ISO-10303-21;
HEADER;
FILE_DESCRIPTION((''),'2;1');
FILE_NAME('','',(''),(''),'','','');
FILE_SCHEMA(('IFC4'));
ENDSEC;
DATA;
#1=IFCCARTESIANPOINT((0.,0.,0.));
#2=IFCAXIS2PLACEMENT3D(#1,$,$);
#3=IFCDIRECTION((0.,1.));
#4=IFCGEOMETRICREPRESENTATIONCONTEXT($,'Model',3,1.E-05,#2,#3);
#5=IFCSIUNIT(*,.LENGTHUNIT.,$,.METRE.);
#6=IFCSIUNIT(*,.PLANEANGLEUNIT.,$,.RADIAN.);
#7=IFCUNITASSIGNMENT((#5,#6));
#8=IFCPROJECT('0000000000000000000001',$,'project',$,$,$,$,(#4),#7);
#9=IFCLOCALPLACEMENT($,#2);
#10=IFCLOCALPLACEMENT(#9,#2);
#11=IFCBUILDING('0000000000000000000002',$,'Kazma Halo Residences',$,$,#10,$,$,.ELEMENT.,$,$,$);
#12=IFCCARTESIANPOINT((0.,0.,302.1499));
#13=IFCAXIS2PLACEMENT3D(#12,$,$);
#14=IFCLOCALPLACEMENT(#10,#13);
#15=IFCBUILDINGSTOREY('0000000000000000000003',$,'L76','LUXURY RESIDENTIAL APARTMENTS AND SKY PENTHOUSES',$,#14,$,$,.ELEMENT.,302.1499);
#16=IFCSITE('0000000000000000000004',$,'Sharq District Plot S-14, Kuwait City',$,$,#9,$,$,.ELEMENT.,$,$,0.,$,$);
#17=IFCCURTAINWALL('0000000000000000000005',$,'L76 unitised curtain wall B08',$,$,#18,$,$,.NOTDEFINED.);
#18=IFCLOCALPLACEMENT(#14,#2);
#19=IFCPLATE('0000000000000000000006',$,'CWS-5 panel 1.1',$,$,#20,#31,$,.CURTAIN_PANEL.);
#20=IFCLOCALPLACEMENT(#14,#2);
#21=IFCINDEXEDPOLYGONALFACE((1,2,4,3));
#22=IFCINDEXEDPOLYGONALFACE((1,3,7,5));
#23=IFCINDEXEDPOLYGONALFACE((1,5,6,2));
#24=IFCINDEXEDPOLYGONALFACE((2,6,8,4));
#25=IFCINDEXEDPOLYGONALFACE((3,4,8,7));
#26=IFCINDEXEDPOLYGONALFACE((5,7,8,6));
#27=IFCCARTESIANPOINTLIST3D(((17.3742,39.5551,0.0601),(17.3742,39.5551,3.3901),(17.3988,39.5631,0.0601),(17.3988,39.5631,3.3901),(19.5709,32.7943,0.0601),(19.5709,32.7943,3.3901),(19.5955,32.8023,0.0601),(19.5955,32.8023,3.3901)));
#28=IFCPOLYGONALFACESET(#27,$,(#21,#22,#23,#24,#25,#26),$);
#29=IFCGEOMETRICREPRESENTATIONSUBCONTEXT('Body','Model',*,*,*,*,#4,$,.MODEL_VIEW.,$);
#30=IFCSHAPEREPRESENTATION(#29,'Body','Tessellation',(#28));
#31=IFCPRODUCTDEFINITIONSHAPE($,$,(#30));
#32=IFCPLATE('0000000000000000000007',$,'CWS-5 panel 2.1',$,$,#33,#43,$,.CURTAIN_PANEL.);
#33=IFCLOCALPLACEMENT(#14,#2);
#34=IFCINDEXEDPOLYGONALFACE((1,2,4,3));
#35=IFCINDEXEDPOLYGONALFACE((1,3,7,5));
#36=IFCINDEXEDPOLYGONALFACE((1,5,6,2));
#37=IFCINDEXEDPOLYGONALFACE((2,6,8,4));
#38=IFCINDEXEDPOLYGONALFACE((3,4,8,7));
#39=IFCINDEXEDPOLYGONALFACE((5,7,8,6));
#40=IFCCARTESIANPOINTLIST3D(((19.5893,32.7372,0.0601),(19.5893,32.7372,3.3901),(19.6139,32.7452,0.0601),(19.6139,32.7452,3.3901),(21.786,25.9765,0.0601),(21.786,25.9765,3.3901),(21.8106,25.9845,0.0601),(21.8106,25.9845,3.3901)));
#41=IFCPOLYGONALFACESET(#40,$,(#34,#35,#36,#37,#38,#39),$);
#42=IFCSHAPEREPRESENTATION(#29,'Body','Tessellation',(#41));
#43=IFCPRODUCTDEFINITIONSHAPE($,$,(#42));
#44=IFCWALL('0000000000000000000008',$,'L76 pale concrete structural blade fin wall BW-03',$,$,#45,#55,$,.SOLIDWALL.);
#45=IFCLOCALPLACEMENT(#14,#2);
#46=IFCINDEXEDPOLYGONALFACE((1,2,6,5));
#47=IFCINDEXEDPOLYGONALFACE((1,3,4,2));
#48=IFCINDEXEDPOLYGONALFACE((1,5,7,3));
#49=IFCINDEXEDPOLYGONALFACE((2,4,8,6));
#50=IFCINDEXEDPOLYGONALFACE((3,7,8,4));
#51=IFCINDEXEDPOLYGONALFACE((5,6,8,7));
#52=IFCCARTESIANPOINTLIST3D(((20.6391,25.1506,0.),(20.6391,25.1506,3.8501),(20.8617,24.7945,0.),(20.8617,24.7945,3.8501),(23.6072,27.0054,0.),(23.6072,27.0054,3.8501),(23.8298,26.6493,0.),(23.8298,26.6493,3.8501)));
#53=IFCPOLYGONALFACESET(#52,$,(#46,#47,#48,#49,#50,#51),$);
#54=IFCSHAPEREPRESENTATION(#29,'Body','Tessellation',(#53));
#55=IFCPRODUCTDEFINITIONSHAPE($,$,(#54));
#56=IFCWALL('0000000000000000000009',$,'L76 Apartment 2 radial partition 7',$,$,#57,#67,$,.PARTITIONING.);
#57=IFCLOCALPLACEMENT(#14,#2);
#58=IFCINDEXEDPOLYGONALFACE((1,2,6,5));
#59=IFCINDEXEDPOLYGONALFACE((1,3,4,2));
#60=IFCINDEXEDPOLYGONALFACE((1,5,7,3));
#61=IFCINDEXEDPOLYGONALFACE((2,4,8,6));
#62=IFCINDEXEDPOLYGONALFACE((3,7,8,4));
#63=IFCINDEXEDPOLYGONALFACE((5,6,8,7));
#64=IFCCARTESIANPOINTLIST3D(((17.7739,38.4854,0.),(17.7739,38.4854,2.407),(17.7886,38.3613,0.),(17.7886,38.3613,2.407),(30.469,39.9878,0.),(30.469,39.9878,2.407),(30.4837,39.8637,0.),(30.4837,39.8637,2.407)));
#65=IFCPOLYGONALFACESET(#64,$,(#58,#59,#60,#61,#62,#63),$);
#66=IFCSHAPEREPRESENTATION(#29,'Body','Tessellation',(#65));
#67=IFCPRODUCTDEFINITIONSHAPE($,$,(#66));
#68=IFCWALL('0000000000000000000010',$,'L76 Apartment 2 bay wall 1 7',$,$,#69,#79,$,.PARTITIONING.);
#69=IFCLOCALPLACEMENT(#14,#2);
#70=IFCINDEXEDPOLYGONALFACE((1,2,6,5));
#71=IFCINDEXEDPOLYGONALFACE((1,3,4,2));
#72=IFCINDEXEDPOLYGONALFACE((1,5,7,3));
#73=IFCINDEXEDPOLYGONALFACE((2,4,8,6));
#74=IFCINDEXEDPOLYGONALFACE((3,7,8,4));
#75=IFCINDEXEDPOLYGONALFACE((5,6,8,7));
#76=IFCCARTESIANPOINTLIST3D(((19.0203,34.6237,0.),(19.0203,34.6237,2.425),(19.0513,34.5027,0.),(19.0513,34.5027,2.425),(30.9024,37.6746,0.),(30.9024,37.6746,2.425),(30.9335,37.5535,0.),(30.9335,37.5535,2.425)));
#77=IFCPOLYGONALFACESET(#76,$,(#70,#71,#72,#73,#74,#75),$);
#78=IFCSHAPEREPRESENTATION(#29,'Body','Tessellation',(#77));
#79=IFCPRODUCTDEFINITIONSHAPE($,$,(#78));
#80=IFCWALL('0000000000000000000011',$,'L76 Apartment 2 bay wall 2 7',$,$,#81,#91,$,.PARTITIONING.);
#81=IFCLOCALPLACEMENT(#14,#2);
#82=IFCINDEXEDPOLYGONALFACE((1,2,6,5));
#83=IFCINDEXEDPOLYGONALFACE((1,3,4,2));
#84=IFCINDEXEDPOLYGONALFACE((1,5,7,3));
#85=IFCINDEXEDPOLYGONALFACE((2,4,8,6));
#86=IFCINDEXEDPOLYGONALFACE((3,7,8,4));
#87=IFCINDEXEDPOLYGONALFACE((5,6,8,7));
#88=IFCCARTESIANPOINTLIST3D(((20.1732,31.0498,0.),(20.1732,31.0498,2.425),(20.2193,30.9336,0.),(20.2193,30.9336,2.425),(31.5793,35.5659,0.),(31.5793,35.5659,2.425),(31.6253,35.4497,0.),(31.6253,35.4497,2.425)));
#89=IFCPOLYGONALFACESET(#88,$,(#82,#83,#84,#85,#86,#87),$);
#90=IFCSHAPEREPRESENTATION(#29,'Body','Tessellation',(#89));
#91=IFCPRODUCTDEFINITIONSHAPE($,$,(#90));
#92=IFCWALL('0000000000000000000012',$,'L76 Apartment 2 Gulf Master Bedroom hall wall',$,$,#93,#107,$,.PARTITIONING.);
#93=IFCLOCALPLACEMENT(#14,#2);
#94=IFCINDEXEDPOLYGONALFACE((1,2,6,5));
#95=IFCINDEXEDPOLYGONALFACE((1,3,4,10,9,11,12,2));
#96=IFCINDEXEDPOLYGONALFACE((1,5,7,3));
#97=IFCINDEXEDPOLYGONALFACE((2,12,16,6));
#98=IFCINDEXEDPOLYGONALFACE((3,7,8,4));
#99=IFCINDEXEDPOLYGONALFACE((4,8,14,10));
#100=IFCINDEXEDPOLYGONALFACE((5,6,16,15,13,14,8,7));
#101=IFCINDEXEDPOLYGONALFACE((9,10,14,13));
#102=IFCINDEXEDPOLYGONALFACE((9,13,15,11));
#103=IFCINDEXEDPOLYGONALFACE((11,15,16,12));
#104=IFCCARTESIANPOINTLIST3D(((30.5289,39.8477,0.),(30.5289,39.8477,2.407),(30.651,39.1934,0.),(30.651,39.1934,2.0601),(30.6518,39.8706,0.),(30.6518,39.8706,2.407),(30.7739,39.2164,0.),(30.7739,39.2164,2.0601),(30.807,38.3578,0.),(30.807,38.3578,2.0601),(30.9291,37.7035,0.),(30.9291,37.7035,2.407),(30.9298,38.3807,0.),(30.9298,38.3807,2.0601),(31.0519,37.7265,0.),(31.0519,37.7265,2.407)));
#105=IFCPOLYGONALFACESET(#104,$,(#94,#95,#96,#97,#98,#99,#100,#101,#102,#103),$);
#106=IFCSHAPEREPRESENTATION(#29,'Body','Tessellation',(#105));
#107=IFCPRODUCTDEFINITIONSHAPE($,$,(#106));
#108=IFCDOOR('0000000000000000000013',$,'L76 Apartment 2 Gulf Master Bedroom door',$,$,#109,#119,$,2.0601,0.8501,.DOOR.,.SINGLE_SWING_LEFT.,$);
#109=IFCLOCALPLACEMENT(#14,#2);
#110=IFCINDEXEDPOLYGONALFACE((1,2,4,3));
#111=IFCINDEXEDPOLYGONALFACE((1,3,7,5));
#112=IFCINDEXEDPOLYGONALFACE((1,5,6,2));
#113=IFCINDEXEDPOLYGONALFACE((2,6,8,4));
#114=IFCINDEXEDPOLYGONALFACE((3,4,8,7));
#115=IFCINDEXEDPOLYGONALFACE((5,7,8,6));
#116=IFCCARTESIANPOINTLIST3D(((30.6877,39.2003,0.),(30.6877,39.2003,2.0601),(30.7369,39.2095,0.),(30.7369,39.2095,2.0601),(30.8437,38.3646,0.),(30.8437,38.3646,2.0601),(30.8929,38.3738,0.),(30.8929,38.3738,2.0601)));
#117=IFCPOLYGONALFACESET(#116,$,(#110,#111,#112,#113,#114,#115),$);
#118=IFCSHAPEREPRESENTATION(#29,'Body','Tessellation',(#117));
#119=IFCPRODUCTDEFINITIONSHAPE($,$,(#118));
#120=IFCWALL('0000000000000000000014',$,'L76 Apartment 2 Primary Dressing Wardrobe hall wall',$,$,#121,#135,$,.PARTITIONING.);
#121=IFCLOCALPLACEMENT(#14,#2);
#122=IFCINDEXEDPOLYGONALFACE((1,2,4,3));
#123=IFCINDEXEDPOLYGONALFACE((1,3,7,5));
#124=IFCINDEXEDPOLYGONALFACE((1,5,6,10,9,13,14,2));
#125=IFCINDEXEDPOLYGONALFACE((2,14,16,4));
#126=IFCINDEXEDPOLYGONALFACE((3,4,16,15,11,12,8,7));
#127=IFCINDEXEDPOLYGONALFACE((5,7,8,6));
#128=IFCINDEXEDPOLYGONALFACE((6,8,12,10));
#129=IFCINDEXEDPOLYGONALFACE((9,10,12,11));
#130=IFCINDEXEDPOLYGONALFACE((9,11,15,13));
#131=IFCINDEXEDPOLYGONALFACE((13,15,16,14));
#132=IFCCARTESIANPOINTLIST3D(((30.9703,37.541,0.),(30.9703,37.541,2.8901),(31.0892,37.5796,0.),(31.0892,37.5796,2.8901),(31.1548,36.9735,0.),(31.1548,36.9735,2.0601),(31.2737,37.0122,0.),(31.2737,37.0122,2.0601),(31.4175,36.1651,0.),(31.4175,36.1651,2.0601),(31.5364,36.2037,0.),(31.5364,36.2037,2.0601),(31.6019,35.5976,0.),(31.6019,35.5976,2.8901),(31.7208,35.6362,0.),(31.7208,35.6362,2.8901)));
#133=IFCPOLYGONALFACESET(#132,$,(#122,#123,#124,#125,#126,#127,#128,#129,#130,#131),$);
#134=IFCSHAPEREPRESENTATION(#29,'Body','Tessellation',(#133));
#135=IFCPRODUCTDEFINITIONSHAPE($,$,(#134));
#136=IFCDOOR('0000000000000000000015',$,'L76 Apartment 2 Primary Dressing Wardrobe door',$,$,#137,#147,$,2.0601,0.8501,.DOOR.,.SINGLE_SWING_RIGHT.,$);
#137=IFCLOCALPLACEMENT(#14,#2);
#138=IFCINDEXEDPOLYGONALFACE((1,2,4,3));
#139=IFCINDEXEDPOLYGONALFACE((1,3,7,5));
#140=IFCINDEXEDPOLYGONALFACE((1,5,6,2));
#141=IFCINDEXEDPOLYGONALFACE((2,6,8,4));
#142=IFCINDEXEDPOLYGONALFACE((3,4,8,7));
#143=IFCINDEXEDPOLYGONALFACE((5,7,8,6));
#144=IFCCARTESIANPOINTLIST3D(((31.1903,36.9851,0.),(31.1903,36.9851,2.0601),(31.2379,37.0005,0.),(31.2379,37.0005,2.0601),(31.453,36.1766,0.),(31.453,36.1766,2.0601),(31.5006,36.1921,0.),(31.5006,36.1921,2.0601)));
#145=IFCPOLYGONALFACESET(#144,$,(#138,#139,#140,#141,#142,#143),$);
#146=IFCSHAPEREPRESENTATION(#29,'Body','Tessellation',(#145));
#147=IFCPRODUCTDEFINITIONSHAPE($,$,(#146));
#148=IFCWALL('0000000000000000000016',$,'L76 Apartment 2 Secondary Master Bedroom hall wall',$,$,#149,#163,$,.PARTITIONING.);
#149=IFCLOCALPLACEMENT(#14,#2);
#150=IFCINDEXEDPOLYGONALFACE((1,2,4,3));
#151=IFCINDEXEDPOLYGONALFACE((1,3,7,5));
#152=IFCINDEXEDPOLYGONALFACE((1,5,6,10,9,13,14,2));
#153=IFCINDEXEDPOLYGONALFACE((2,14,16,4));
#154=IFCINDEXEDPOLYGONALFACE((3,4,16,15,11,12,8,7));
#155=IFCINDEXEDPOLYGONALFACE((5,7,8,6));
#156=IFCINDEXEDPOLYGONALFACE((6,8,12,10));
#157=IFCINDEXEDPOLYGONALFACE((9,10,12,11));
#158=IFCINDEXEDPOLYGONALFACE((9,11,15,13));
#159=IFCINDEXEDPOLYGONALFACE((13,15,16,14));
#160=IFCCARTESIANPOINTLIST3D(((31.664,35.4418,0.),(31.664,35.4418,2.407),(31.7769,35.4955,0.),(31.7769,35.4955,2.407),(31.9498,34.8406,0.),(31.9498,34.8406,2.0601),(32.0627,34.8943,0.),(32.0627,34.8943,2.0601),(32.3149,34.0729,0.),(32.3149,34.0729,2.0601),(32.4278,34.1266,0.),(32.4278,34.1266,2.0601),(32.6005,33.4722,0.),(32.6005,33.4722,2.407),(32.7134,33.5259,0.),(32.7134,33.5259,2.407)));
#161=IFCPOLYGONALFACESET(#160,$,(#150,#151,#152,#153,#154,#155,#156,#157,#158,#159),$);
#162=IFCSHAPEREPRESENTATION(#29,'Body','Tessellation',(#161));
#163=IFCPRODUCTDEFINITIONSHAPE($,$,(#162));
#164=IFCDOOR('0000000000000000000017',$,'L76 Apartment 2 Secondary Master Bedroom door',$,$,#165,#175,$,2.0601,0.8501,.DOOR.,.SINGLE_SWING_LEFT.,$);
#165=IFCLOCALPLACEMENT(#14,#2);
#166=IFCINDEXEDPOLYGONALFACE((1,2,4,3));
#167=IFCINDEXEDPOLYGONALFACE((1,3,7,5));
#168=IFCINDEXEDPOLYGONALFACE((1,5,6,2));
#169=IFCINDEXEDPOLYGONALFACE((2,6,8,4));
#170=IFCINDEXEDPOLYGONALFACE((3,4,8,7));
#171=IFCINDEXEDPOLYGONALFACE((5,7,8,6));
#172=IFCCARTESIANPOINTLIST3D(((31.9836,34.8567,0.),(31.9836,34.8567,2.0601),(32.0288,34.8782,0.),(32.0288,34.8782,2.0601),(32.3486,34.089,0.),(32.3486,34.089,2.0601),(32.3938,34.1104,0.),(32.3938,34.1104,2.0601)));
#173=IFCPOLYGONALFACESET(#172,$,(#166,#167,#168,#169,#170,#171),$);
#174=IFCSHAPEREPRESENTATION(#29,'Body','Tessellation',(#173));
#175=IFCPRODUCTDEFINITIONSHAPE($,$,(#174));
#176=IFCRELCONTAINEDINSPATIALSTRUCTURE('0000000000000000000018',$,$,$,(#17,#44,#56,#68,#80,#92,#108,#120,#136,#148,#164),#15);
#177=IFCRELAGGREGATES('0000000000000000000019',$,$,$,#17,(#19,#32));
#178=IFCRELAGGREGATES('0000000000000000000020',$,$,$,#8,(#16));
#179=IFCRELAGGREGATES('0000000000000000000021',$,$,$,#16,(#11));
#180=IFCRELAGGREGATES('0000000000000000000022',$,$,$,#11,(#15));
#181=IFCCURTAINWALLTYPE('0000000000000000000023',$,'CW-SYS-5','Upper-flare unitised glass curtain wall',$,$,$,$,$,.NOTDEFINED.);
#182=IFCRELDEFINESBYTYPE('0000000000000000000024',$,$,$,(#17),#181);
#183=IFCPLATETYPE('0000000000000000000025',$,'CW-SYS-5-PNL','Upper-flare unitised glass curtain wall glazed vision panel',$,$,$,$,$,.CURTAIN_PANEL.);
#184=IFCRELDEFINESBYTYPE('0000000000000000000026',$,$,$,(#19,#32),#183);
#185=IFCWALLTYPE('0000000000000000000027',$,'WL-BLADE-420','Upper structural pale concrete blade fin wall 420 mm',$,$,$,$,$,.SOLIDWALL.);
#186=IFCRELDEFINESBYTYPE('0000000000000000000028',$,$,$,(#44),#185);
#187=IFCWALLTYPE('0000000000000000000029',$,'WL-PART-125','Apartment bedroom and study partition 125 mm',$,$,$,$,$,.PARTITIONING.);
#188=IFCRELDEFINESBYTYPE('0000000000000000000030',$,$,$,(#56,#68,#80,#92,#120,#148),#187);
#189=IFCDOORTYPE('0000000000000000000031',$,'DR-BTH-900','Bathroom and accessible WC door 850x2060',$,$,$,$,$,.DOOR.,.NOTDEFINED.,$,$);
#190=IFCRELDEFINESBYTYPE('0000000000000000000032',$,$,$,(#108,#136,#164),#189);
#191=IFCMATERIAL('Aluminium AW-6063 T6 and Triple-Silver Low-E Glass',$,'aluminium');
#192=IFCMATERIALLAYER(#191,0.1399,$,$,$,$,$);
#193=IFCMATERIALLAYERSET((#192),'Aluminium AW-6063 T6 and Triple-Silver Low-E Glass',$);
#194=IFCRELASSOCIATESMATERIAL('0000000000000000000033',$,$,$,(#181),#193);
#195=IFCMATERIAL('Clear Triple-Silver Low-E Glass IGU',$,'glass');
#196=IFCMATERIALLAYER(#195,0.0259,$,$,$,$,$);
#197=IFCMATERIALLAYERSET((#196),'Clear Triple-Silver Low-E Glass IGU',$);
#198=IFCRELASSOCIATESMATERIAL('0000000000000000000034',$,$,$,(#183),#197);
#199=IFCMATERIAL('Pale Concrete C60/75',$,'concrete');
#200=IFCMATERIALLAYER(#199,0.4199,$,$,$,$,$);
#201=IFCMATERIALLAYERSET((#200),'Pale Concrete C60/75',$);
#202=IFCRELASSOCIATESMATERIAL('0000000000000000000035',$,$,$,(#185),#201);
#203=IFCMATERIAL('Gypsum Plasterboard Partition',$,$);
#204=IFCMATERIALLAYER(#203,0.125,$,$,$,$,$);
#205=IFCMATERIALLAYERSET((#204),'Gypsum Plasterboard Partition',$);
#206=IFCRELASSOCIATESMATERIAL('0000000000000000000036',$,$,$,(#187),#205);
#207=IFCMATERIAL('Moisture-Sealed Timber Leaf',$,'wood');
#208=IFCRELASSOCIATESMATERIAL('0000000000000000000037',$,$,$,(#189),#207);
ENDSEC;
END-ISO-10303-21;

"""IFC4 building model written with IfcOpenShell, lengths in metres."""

from ifc_helpers import new_model, si_unit, direction, frame, frame_2d, origin, origin_2d, place, context, subcontext, project, spatial, rectangle, extrude, material, layer, layer_set, type_object, element, fill, aggregate, save


model = new_model("IFC4")

# Units and contexts
model_context = context("Model", 3, precision=1e-05, world=origin(), true_north=direction((0.0, 1.0)))
body_context = subcontext(model_context, "Body", "Model", "MODEL_VIEW")
ifc_project = project(units=[si_unit("LENGTHUNIT", "METRE"), si_unit("PLANEANGLEUNIT", "RADIAN")], contexts=[model_context])

# Site, building, storey
site_placement = place(None, origin())
site = spatial("IfcSite", under=ifc_project, at=site_placement, Name="Sharq District Plot S-14, Kuwait City", CompositionType="ELEMENT", RefElevation=0.0)
building_placement = place(site_placement, origin())
building = spatial("IfcBuilding", under=site, at=building_placement, Name="Kazma Halo Residences", CompositionType="ELEMENT")
storey_placement = place(building_placement, frame((0.0, 0.0, 302.1499)))
storey = spatial("IfcBuildingStorey", under=building, at=storey_placement, Name="L76", Description="LUXURY RESIDENTIAL APARTMENTS AND SKY PENTHOUSES", CompositionType="ELEMENT", Elevation=302.1499)

# Curtain wall, plates
ifc_material_1 = material(Name="Aluminium AW-6063 T6 and Triple-Silver Low-E Glass", Category="aluminium")
ifc_layer_1 = layer(ifc_material_1, 0.1399)
ifc_layer_set_1 = layer_set([ifc_layer_1], Name="Aluminium AW-6063 T6 and Triple-Silver Low-E Glass")
curtain_wall_type = type_object("IfcCurtainWallType", Name="CW-SYS-5", Description="Upper-flare unitised glass curtain wall", PredefinedType="NOTDEFINED", material=ifc_layer_set_1)
curtain_wall_placement = place(storey_placement, origin())
curtain_wall = element("IfcCurtainWall", 1, at=curtain_wall_placement, inside=storey, type_object=curtain_wall_type, Name="L76 unitised curtain wall B08", PredefinedType="NOTDEFINED")
ifc_material_2 = material(Name="Clear Triple-Silver Low-E Glass IGU", Category="glass")
ifc_layer_2 = layer(ifc_material_2, 0.0259)
ifc_layer_set_2 = layer_set([ifc_layer_2], Name="Clear Triple-Silver Low-E Glass IGU")
plate_type = type_object("IfcPlateType", Name="CW-SYS-5-PNL", Description="Upper-flare unitised glass curtain wall glazed vision panel", PredefinedType="CURTAIN_PANEL", material=ifc_layer_set_2)
plate_1_placement = place(storey_placement, frame((18.4849, 36.1787, 0.0601), z_axis=(0.0, 0.0, 1.0), x_axis=(0.309011, -0.951058, 0.0)))
plate_1 = element("IfcPlate", 2, at=plate_1_placement, type_object=plate_type, Name="CWS-5 panel 1.1", PredefinedType="CURTAIN_PANEL", context=body_context, shape_type="SweptSolid", body=[
    extrude(rectangle(XDim=7.1086, YDim=0.0259, at=origin_2d()), origin(), (0.0, 0.0, 1.0), 3.3301),
])
plate_2_placement = place(storey_placement, frame((20.7, 29.3608, 0.0601), z_axis=(0.0, 0.0, 1.0), x_axis=(0.309011, -0.951058, 0.0)))
plate_2 = element("IfcPlate", 3, at=plate_2_placement, type_object=plate_type, Name="CWS-5 panel 2.1", PredefinedType="CURTAIN_PANEL", context=body_context, shape_type="SweptSolid", body=[
    extrude(rectangle(XDim=7.1086, YDim=0.0259, at=origin_2d()), origin(), (0.0, 0.0, 1.0), 3.3301),
])
aggregate(curtain_wall, [plate_1, plate_2])

# Walls
ifc_material_3 = material(Name="Pale Concrete C60/75", Category="concrete")
ifc_layer_3 = layer(ifc_material_3, 0.4199)
ifc_layer_set_3 = layer_set([ifc_layer_3], Name="Pale Concrete C60/75")
wall_type_1 = type_object("IfcWallType", Name="WL-BLADE-420", Description="Upper structural pale concrete blade fin wall 420 mm", PredefinedType="SOLIDWALL", material=ifc_layer_set_3)
wall_1_placement = place(storey_placement, frame((23.7185, 26.8274, 0.0), z_axis=(0.0, 0.0, 1.0), x_axis=(-0.848034, -0.529943, 0.0)))
element("IfcWall", 4, at=wall_1_placement, inside=storey, type_object=wall_type_1, Name="L76 pale concrete structural blade fin wall BW-03", PredefinedType="SOLIDWALL", context=body_context, shape_type="SweptSolid", body=[
    extrude(rectangle(XDim=3.5, YDim=0.4199, at=frame_2d((1.75, 0.0))), origin(), (0.0, 0.0, 1.0), 3.8501),
])
ifc_material_4 = material(Name="Gypsum Plasterboard Partition")
ifc_layer_4 = layer(ifc_material_4, 0.125)
ifc_layer_set_4 = layer_set([ifc_layer_4], Name="Gypsum Plasterboard Partition")
wall_type_2 = type_object("IfcWallType", Name="WL-PART-125", Description="Apartment bedroom and study partition 125 mm", PredefinedType="PARTITIONING", material=ifc_layer_set_4)
wall_2_placement = place(storey_placement, frame((30.4763, 39.9258, 0.0), z_axis=(0.0, 0.0, 1.0), x_axis=(-0.99307, -0.117528, 0.0)))
element("IfcWall", 5, at=wall_2_placement, inside=storey, type_object=wall_type_2, Name="L76 Apartment 2 radial partition 7", PredefinedType="PARTITIONING", context=body_context, shape_type="SweptSolid", body=[
    extrude(rectangle(XDim=12.7837, YDim=0.125, at=frame_2d((6.3918, 0.0))), origin(), (0.0, 0.0, 1.0), 2.407),
])
for number, where, z_axis, x_axis, name in (
    (6, (30.918, 37.614, 0.0), (0.0, 0.0, 1.0), (-0.968584, -0.248688, 0.0), "L76 Apartment 2 bay wall 1 7"),
    (7, (31.6023, 35.5078, 0.0), (0.0, 0.0, 1.0), (-0.929772, -0.368136, 0.0), "L76 Apartment 2 bay wall 2 7"),
):
    element("IfcWall", number, at=place(storey_placement, frame(where, z_axis=z_axis, x_axis=x_axis)), inside=storey, type_object=wall_type_2, Name=name, PredefinedType="PARTITIONING", context=body_context, shape_type="SweptSolid", body=[
        extrude(rectangle(XDim=12.2676, YDim=0.125, at=frame_2d((6.1338, 0.0))), origin(), (0.0, 0.0, 1.0), 2.425),
    ])

# Walls, openings, doors
wall_3_placement = place(storey_placement, frame((30.5903, 39.8591, 0.0), z_axis=(0.0, 0.0, 1.0), x_axis=(0.183464, -0.983026, 0.0)))
wall_3 = element("IfcWall", 8, at=wall_3_placement, inside=storey, type_object=wall_type_2, Name="L76 Apartment 2 Gulf Master Bedroom hall wall", PredefinedType="PARTITIONING", context=body_context, shape_type="SweptSolid", body=[
    extrude(rectangle(XDim=2.1812, YDim=0.125, at=frame_2d((1.0906, 0.0))), origin(), (0.0, 0.0, 1.0), 2.407),
])
opening_1_placement = place(wall_3_placement, frame((0.6655, 0.0, 0.0)))
opening_1 = element("IfcOpeningElement", 9, at=opening_1_placement, cuts=wall_3, PredefinedType="OPENING", context=body_context, shape_type="SweptSolid", body=[
    extrude(rectangle(XDim=0.8501, YDim=2.0601, at=frame_2d((0.425, 1.03))), frame((0.0, 0.0725, 0.0), z_axis=(0.0, -1.0, 0.0), x_axis=(1.0, 0.0, 0.0)), (0.0, 0.0, 1.0), 0.145),
])
ifc_material_5 = material(Name="Moisture-Sealed Timber Leaf", Category="wood")
door_type = type_object("IfcDoorType", Name="DR-BTH-900", Description="Bathroom and accessible WC door 850x2060", OperationType="NOTDEFINED", PredefinedType="DOOR", material=ifc_material_5)
door_1_placement = place(opening_1_placement, origin())
door_1 = element("IfcDoor", 10, at=door_1_placement, inside=storey, type_object=door_type, Name="L76 Apartment 2 Gulf Master Bedroom door", OperationType="SINGLE_SWING_LEFT", OverallHeight=2.0601, OverallWidth=0.8501, PredefinedType="DOOR", context=body_context, shape_type="SweptSolid", body=[
    extrude(rectangle(XDim=0.8501, YDim=2.0601, at=frame_2d((0.425, 1.03))), frame((0.0, 0.0249, 0.0), z_axis=(0.0, -1.0, 0.0), x_axis=(1.0, 0.0, 0.0)), (0.0, 0.0, 1.0), 0.05),
])
fill(opening_1, door_1)
wall_4_placement = place(storey_placement, frame((31.0298, 37.5603, 0.0), z_axis=(0.0, 0.0, 1.0), x_axis=(0.309086, -0.951034, 0.0)))
wall_4 = element("IfcWall", 11, at=wall_4_placement, inside=storey, type_object=wall_type_2, Name="L76 Apartment 2 Primary Dressing Wardrobe hall wall", PredefinedType="PARTITIONING", context=body_context, shape_type="SweptSolid", body=[
    extrude(rectangle(XDim=2.0435, YDim=0.125, at=frame_2d((1.0217, 0.0))), origin(), (0.0, 0.0, 1.0), 2.8901),
])
opening_2_placement = place(wall_4_placement, frame((0.5967, 0.0, 0.0)))
opening_2 = element("IfcOpeningElement", 12, at=opening_2_placement, cuts=wall_4, PredefinedType="OPENING", context=body_context, shape_type="SweptSolid", body=[
    extrude(rectangle(XDim=0.8501, YDim=2.0601, at=frame_2d((0.425, 1.03))), frame((0.0, 0.0725, 0.0), z_axis=(0.0, -1.0, 0.0), x_axis=(1.0, 0.0, 0.0)), (0.0, 0.0, 1.0), 0.145),
])
door_2_placement = place(opening_2_placement, origin())
door_2 = element("IfcDoor", 13, at=door_2_placement, inside=storey, type_object=door_type, Name="L76 Apartment 2 Primary Dressing Wardrobe door", OperationType="SINGLE_SWING_RIGHT", OverallHeight=2.0601, OverallWidth=0.8501, PredefinedType="DOOR", context=body_context, shape_type="SweptSolid", body=[
    extrude(rectangle(XDim=0.8501, YDim=2.0601, at=frame_2d((0.425, 1.03))), frame((0.0, 0.0249, 0.0), z_axis=(0.0, -1.0, 0.0), x_axis=(1.0, 0.0, 0.0)), (0.0, 0.0, 1.0), 0.05),
])
fill(opening_2, door_2)
wall_5_placement = place(storey_placement, frame((31.7205, 35.4685, 0.0), z_axis=(0.0, 0.0, 1.0), x_axis=(0.429438, -0.903096, 0.0)))
wall_5 = element("IfcWall", 14, at=wall_5_placement, inside=storey, type_object=wall_type_2, Name="L76 Apartment 2 Secondary Master Bedroom hall wall", PredefinedType="PARTITIONING", context=body_context, shape_type="SweptSolid", body=[
    extrude(rectangle(XDim=2.1809, YDim=0.125, at=frame_2d((1.0903, 0.0))), origin(), (0.0, 0.0, 1.0), 2.407),
])
opening_3_placement = place(wall_5_placement, frame((0.6655, 0.0, 0.0)))
opening_3 = element("IfcOpeningElement", 15, at=opening_3_placement, cuts=wall_5, PredefinedType="OPENING", context=body_context, shape_type="SweptSolid", body=[
    extrude(rectangle(XDim=0.8501, YDim=2.0601, at=frame_2d((0.425, 1.03))), frame((0.0, 0.0725, 0.0), z_axis=(0.0, -1.0, 0.0), x_axis=(1.0, 0.0, 0.0)), (0.0, 0.0, 1.0), 0.145),
])
door_3_placement = place(opening_3_placement, origin())
door_3 = element("IfcDoor", 16, at=door_3_placement, inside=storey, type_object=door_type, Name="L76 Apartment 2 Secondary Master Bedroom door", OperationType="SINGLE_SWING_LEFT", OverallHeight=2.0601, OverallWidth=0.8501, PredefinedType="DOOR", context=body_context, shape_type="SweptSolid", body=[
    extrude(rectangle(XDim=0.8501, YDim=2.0601, at=frame_2d((0.425, 1.03))), frame((0.0, 0.0249, 0.0), z_axis=(0.0, -1.0, 0.0), x_axis=(1.0, 0.0, 0.0)), (0.0, 0.0, 1.0), 0.05),
])
fill(opening_3, door_3)

save(model, "model.ifc")
